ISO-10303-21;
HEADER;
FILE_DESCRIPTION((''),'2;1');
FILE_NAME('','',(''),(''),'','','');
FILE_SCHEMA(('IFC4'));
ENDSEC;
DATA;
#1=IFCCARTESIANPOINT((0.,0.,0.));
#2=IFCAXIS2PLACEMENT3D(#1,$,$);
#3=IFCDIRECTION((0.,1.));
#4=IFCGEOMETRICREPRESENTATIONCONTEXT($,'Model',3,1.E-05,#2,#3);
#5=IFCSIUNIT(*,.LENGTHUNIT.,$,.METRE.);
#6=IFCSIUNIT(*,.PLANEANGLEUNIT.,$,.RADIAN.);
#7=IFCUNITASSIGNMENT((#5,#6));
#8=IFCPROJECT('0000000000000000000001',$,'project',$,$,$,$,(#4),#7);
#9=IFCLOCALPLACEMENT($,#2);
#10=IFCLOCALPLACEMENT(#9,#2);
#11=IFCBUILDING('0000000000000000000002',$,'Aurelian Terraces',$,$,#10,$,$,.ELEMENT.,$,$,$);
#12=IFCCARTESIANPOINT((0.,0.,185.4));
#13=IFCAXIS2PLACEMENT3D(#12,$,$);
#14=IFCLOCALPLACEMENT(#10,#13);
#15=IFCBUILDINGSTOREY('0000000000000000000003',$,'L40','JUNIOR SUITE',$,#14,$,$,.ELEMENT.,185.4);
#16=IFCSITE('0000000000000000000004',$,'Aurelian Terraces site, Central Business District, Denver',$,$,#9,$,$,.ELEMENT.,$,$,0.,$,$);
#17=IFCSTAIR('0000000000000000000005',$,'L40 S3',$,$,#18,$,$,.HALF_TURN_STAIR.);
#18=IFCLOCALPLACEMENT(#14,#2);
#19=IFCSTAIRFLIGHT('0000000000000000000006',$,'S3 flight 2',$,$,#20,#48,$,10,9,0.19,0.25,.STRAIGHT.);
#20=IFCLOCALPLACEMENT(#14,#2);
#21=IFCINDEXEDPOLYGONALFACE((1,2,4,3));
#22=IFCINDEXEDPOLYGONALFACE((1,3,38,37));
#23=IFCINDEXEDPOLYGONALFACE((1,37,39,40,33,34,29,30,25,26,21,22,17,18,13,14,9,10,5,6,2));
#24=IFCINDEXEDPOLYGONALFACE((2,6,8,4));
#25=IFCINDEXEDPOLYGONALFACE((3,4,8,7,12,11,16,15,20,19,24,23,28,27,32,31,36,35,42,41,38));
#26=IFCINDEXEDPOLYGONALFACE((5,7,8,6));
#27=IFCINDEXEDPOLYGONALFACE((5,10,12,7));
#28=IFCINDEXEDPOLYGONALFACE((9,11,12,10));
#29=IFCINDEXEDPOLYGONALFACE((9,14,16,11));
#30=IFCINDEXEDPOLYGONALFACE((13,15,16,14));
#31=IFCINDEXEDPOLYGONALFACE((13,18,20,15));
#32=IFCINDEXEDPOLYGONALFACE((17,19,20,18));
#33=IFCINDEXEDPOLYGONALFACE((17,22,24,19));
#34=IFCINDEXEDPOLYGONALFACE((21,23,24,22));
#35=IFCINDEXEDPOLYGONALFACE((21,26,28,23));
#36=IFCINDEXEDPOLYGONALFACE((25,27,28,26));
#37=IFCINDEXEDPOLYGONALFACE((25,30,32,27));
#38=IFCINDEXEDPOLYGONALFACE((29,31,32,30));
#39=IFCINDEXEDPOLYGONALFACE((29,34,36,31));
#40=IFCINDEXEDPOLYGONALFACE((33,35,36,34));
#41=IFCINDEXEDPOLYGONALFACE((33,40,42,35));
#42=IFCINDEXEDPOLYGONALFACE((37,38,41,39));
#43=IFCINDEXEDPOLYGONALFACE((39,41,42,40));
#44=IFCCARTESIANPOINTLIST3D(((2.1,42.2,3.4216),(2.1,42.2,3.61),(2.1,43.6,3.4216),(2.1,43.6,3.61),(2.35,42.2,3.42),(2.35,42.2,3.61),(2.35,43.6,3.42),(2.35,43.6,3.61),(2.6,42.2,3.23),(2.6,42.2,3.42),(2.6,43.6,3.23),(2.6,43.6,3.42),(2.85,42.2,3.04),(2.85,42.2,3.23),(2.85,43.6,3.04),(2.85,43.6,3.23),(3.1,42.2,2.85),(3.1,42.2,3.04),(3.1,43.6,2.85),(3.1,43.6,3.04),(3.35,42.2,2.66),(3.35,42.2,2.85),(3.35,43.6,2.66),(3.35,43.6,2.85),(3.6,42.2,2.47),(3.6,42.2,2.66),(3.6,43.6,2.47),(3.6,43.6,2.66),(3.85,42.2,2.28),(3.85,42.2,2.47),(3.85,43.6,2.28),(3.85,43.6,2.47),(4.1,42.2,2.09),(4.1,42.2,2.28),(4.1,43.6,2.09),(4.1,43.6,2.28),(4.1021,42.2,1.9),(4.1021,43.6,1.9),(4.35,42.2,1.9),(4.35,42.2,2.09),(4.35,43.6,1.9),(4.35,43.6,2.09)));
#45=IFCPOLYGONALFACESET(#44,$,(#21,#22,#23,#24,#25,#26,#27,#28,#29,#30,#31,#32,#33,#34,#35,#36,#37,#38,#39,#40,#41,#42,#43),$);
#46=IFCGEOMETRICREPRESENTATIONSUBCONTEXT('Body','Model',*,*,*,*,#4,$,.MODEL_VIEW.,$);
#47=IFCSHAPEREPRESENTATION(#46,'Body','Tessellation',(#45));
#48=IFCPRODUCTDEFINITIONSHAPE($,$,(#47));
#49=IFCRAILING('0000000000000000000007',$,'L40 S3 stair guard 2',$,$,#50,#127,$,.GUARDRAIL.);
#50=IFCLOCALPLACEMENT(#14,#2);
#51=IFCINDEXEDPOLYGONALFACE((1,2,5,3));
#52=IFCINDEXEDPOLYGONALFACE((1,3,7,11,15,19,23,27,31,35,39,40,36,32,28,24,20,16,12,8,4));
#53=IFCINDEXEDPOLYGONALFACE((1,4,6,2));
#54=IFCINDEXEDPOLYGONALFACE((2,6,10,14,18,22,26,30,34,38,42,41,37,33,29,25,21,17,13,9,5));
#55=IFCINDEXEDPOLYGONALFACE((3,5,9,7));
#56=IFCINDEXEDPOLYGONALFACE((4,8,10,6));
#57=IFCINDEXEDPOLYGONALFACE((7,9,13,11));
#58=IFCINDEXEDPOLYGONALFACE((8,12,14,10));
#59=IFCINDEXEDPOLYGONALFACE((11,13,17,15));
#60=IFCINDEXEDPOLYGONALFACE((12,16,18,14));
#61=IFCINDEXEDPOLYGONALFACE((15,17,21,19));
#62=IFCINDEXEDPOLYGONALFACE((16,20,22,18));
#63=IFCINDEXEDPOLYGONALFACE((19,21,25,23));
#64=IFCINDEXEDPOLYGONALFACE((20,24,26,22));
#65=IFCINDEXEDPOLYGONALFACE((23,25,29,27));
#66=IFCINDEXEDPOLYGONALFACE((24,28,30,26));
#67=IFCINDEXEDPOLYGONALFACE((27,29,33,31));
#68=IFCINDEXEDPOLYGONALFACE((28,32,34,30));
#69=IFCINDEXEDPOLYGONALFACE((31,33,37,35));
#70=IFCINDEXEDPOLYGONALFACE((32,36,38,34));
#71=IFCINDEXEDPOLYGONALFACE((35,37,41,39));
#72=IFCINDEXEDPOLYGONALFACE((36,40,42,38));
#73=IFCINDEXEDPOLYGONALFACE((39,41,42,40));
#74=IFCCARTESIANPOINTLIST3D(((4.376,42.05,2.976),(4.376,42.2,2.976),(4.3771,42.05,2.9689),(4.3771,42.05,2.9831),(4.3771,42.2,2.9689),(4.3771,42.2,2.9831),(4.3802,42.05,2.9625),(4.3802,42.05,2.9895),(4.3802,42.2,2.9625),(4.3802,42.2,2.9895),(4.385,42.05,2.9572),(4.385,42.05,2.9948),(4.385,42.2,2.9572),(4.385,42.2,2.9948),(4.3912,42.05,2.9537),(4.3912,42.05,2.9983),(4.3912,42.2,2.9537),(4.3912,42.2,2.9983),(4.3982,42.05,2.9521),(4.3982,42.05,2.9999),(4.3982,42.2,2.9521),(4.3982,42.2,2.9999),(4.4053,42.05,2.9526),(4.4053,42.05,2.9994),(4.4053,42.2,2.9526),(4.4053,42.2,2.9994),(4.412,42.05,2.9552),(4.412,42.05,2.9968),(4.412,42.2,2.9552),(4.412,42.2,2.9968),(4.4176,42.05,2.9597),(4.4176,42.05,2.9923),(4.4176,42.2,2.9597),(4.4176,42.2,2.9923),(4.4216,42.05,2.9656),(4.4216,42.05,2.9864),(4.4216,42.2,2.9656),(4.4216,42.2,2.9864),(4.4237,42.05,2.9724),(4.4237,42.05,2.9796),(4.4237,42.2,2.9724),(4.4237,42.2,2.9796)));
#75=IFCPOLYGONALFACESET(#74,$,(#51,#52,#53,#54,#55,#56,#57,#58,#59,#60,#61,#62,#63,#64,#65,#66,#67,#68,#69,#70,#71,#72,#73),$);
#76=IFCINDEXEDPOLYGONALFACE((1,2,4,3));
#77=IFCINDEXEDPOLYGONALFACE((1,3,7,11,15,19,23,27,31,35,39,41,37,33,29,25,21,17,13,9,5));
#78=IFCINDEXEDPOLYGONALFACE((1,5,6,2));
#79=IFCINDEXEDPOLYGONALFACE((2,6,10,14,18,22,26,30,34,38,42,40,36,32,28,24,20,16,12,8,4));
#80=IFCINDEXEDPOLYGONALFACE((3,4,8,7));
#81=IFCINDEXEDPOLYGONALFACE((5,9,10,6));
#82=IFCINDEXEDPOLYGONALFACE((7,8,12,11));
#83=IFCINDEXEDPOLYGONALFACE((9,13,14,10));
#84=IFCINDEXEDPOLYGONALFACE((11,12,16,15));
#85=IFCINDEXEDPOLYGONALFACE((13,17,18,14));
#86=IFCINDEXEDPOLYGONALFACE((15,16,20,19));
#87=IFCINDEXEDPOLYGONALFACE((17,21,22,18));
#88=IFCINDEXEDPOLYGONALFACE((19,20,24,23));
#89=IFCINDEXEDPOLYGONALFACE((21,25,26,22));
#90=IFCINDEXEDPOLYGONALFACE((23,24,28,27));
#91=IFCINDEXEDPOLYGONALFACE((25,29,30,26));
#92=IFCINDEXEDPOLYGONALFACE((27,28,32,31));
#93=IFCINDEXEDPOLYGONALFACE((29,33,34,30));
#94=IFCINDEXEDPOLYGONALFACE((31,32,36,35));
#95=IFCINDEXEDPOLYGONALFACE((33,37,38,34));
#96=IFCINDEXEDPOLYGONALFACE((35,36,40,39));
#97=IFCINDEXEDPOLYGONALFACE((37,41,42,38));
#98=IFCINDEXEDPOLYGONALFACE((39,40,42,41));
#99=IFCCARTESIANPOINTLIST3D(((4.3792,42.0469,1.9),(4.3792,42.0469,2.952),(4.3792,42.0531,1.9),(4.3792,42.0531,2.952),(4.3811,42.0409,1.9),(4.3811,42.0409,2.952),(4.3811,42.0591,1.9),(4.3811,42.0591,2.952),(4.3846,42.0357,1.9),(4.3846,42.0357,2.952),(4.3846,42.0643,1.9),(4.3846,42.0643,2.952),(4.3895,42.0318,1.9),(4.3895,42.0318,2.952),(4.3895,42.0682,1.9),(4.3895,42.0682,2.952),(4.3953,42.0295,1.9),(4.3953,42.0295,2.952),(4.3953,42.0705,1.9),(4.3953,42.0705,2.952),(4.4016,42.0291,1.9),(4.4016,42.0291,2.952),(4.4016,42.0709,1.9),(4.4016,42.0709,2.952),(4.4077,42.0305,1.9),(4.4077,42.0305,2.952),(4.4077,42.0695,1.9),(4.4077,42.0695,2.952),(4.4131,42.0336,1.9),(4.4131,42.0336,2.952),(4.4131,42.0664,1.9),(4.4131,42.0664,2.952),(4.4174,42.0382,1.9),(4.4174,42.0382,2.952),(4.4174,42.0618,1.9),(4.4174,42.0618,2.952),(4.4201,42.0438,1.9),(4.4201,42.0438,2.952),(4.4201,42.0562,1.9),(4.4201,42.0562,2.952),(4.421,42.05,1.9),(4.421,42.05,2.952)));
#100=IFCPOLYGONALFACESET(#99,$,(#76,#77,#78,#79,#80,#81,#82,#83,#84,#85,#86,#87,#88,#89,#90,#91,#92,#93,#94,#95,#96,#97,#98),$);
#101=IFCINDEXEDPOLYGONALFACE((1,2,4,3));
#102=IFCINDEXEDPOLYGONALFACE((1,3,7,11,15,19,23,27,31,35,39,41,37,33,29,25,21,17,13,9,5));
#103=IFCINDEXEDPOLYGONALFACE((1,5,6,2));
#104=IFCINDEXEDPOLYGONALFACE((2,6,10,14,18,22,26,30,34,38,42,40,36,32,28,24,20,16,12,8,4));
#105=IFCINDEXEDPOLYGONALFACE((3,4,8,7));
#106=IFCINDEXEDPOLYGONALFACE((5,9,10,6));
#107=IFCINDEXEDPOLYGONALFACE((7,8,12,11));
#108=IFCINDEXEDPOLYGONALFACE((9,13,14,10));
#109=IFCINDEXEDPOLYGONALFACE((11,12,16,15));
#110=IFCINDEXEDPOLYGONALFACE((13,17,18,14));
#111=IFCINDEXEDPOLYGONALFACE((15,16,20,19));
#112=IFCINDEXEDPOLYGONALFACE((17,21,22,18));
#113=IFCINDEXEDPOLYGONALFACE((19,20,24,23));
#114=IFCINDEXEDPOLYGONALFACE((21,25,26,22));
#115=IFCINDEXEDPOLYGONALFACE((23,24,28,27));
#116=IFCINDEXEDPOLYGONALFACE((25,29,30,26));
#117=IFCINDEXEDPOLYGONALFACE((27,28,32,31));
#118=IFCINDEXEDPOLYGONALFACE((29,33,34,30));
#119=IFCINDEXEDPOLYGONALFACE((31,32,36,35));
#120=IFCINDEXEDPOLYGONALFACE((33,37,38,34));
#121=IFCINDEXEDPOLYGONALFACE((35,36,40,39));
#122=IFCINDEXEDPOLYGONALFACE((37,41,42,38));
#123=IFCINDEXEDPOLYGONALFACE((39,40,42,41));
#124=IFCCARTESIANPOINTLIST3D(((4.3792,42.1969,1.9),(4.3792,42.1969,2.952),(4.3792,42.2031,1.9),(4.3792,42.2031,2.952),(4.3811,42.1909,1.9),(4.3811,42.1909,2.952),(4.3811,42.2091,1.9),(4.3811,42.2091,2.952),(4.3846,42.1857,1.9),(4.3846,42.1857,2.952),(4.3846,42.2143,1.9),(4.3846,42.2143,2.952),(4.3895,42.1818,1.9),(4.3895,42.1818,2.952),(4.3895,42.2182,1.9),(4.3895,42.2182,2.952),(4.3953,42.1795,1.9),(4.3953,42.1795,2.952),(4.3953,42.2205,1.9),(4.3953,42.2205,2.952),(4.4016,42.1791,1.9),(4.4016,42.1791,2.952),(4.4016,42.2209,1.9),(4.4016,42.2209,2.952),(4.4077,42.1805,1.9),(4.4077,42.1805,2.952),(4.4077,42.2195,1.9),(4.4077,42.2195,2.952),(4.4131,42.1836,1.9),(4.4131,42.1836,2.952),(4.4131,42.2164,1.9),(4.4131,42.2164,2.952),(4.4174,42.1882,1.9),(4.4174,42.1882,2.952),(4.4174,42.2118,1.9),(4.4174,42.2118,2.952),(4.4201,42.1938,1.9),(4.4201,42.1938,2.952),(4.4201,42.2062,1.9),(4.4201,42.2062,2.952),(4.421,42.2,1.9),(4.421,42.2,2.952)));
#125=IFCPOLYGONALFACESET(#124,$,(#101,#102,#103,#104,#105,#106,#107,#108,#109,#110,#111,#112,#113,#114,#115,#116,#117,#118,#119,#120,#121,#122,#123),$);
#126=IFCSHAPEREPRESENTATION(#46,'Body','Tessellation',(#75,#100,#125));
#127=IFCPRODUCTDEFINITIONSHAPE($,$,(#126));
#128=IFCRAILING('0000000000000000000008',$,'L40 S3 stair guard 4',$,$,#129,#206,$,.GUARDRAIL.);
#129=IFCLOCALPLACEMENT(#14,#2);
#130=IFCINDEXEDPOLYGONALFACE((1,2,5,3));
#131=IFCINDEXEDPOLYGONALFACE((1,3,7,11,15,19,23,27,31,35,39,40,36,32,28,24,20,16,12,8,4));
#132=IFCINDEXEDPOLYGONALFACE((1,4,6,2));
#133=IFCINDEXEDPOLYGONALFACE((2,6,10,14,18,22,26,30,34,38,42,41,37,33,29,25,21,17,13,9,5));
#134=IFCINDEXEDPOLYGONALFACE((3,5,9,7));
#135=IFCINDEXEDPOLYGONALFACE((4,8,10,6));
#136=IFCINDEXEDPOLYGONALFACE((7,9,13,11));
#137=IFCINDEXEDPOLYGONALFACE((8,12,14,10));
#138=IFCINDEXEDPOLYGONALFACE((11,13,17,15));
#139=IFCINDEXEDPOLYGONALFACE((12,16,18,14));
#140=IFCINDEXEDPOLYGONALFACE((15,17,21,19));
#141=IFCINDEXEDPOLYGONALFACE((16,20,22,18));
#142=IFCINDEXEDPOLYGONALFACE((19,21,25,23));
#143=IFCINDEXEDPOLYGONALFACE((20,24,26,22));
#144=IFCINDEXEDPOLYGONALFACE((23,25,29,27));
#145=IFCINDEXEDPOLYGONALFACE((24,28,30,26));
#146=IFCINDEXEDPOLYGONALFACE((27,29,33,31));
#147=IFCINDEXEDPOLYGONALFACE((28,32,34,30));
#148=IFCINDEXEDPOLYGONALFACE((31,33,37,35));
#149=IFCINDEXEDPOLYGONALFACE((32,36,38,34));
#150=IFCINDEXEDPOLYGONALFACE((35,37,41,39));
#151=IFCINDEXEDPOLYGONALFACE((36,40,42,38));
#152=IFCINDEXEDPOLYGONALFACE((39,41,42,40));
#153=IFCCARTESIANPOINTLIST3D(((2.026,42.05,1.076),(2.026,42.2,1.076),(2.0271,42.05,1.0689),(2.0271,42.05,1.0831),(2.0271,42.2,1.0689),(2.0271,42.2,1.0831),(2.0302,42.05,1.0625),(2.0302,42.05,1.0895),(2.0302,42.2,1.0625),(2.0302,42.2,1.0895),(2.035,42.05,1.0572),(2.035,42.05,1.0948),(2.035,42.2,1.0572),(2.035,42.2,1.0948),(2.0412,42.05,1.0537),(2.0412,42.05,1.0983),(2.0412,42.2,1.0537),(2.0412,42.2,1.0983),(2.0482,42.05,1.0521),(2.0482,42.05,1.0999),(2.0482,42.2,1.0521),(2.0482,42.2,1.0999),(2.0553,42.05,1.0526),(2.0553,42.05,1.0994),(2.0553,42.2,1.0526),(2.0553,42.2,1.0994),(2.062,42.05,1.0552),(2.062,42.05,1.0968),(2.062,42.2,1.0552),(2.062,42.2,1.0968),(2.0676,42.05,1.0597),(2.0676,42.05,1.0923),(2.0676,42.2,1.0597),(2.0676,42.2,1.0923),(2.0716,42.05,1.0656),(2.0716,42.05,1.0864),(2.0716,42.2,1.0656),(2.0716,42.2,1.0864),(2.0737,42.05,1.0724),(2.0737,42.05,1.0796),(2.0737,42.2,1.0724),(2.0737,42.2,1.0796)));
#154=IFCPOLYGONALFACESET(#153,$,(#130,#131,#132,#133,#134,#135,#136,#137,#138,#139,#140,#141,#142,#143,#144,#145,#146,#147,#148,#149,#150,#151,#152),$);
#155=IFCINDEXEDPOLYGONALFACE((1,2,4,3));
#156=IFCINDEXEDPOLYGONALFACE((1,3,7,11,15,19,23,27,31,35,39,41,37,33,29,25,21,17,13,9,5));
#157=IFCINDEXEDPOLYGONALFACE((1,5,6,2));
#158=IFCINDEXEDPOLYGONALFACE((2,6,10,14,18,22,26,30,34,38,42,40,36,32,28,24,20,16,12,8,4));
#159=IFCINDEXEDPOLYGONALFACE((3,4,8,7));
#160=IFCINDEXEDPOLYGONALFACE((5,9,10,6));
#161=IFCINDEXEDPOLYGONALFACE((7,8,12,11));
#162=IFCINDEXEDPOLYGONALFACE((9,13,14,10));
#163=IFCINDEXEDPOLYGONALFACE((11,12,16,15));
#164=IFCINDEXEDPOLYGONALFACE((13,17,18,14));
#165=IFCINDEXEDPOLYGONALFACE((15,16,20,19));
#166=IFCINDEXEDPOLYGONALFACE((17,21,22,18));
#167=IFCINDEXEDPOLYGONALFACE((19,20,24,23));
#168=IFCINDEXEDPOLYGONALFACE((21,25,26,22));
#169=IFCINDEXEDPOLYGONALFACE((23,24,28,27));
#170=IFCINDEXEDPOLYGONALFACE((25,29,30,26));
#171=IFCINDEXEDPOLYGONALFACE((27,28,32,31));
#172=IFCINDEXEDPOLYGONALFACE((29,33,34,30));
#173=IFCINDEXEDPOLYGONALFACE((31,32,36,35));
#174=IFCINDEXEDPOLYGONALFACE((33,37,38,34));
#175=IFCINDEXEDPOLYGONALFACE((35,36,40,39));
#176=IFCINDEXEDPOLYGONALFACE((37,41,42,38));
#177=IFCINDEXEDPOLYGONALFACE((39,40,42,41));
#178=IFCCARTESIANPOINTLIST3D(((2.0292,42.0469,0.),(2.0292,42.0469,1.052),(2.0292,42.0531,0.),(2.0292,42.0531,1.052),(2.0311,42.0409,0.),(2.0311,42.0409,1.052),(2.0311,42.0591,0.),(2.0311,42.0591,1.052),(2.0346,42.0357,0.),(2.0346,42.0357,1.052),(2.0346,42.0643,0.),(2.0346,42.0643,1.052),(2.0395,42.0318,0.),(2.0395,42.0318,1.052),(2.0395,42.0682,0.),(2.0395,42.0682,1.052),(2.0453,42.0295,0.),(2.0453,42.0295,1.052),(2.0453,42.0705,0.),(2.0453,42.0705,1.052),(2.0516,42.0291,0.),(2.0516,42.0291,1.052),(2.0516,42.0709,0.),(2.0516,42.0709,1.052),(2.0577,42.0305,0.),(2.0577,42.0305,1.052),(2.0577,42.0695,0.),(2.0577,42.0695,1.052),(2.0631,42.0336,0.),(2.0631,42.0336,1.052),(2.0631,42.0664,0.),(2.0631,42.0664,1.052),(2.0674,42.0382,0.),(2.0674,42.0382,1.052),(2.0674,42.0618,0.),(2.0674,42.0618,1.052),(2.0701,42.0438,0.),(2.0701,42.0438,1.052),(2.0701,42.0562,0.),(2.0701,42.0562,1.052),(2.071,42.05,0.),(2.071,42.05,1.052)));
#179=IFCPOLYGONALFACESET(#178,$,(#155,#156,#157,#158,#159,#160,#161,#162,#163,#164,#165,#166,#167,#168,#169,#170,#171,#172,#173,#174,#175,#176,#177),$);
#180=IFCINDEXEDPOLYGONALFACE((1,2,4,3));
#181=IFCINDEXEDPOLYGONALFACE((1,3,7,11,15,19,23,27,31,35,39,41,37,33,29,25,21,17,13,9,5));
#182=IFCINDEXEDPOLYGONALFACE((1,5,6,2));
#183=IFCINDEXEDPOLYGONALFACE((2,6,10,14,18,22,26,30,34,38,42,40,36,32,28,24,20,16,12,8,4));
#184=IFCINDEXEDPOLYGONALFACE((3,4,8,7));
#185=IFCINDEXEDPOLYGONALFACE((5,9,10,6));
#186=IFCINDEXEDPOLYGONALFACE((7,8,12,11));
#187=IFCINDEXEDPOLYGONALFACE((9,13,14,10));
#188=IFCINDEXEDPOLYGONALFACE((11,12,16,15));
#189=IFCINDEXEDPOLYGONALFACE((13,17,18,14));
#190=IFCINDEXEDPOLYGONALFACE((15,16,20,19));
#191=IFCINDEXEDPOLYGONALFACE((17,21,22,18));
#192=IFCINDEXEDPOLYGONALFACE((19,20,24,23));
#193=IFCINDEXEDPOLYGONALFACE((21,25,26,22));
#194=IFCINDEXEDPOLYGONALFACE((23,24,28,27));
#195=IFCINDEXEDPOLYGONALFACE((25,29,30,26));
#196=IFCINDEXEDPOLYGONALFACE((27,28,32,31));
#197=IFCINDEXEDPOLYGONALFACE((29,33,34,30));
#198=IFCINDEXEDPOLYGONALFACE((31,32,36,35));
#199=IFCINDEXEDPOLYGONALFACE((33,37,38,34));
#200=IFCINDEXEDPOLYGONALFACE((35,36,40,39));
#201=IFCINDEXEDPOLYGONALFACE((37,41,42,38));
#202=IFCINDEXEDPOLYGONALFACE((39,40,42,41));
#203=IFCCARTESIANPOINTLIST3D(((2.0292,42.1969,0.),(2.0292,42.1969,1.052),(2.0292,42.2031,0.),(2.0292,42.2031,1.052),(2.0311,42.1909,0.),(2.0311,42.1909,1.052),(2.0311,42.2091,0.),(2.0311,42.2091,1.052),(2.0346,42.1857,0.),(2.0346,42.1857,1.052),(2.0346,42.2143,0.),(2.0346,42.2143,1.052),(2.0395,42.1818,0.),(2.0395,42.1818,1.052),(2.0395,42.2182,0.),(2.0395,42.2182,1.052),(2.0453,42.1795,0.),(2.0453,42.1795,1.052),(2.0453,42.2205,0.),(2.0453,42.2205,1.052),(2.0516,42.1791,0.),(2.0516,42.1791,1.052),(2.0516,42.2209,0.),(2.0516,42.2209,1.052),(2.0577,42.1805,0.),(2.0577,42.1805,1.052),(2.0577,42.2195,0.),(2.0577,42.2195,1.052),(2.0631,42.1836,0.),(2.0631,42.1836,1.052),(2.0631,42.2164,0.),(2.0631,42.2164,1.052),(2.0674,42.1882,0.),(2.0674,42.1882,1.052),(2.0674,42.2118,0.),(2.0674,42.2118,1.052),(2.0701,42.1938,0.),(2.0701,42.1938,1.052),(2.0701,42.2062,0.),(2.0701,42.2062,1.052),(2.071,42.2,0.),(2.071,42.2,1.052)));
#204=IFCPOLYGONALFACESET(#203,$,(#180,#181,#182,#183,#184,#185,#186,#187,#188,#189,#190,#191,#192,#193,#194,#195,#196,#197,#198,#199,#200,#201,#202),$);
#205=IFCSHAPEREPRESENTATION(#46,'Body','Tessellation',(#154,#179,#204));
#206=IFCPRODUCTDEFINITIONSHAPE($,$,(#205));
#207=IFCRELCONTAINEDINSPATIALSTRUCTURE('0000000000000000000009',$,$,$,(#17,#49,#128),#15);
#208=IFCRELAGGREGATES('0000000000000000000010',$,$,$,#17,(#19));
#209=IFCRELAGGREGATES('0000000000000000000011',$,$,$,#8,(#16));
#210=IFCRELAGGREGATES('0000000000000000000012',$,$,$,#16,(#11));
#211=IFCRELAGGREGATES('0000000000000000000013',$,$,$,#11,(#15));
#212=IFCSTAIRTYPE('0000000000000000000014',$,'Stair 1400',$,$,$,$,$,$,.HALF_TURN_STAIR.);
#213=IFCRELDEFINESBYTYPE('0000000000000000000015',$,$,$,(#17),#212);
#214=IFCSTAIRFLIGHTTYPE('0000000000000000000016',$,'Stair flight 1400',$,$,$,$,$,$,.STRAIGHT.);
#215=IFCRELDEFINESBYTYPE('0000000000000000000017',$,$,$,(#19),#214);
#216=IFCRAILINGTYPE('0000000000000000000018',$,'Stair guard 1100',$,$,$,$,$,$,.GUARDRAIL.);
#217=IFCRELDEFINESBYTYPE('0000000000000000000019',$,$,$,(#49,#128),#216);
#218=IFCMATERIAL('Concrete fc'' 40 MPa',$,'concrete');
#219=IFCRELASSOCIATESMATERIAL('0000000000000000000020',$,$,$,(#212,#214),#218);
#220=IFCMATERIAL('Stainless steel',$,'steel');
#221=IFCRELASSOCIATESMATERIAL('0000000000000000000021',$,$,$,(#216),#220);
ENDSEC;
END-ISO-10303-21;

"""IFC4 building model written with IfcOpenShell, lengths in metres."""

from ifc_helpers import new_model, si_unit, direction, frame, origin, origin_2d, place, context, subcontext, project, spatial, polyline, circle, outline, extrude, source, transform, mapped, material, type_object, element, aggregate, save


model = new_model("IFC4")

# Units and contexts
model_context = context("Model", 3, precision=1e-05, world=origin(), true_north=direction((0.0, 1.0)))
body_context = subcontext(model_context, "Body", "Model", "MODEL_VIEW")
ifc_project = project(units=[si_unit("LENGTHUNIT", "METRE"), si_unit("PLANEANGLEUNIT", "RADIAN")], contexts=[model_context])

# Site, building, storey
site_placement = place(None, origin())
site = spatial("IfcSite", under=ifc_project, at=site_placement, Name="Aurelian Terraces site, Central Business District, Denver", CompositionType="ELEMENT", RefElevation=0.0)
building_placement = place(site_placement, origin())
building = spatial("IfcBuilding", under=site, at=building_placement, Name="Aurelian Terraces", CompositionType="ELEMENT")
storey_placement = place(building_placement, frame((0.0, 0.0, 185.4)))
storey = spatial("IfcBuildingStorey", under=building, at=storey_placement, Name="L40", Description="JUNIOR SUITE", CompositionType="ELEMENT", Elevation=185.4)

# Shared definitions
ifc_material_1 = material(Name="Concrete fc' 40 MPa", Category="concrete")

# Stair, stair flight
stair_type = type_object("IfcStairType", Name="Stair 1400", PredefinedType="HALF_TURN_STAIR", material=ifc_material_1)
stair_placement = place(storey_placement, origin())
stair = element("IfcStair", 1, at=stair_placement, inside=storey, type_object=stair_type, Name="L40 S3", PredefinedType="HALF_TURN_STAIR")
stair_flight_type = type_object("IfcStairFlightType", Name="Stair flight 1400", PredefinedType="STRAIGHT", material=ifc_material_1)
shared_shape_1 = source(origin(), body_context, "Body", "SweptSolid", [
    extrude(outline(polyline([(0.0, 0.0), (0.0, 0.19), (0.25, 0.19), (0.25, 0.38), (0.5, 0.38), (0.5, 0.57), (0.75, 0.57), (0.75, 0.76), (1.0, 0.76), (1.0, 0.95), (1.25, 0.95), (1.25, 1.14), (1.5, 1.14), (1.5, 1.33), (1.75, 1.33), (1.75, 1.52), (2.0, 1.52), (2.0, 1.71), (2.25, 1.71), (2.25, 1.9), (2.25, 1.5216), (0.2479, 0.0), (0.0, 0.0)])), frame((0.0, 0.7, 0.0), z_axis=(0.0, -1.0, 0.0), x_axis=(1.0, 0.0, 0.0)), (0.0, 0.0, 1.0), 1.4),
])
stair_flight_1_placement = place(storey_placement, frame((4.35, 42.9, 1.9), z_axis=(0.0, 0.0, 1.0), x_axis=(-1.0, 0.0, 0.0)))
stair_flight_1 = element("IfcStairFlight", 2, at=stair_flight_1_placement, type_object=stair_flight_type, Name="S3 flight 2", NumberOfRisers=10, NumberOfTreads=9, PredefinedType="STRAIGHT", RiserHeight=0.19, TreadLength=0.25, context=body_context, shape_type="MappedRepresentation", body=[
    mapped(shared_shape_1, transform((0.0, 0.0, 0.0), scale=1.0)),
])
aggregate(stair, [stair_flight_1])

# Railings
ifc_material_2 = material(Name="Stainless steel", Category="steel")
railing_type_1 = type_object("IfcRailingType", Name="Stair guard 1100", PredefinedType="GUARDRAIL", material=ifc_material_2)
shared_shape_2 = source(origin(), body_context, "Body", "SweptSolid", [
    extrude(circle(Radius=0.024, at=origin_2d()), frame((0.0, 0.0, 1.076), z_axis=(0.0, 1.0, 0.0), x_axis=(-1.0, 0.0, 0.0)), (0.0, 0.0, 1.0), 0.15),
    extrude(circle(Radius=0.021, at=origin_2d()), origin(), (0.0, 0.0, 1.0), 1.052),
    extrude(circle(Radius=0.021, at=origin_2d()), frame((0.0, 0.15, 0.0)), (0.0, 0.0, 1.0), 1.052),
])
for number, where, name in (
    (3, (4.4, 42.05, 1.9), "L40 S3 stair guard 2"),
    (4, (2.05, 42.05, 0.0), "L40 S3 stair guard 4"),
):
    element("IfcRailing", number, at=place(storey_placement, frame(where)), inside=storey, type_object=railing_type_1, Name=name, PredefinedType="GUARDRAIL", context=body_context, shape_type="MappedRepresentation", body=[
        mapped(shared_shape_2, transform((0.0, 0.0, 0.0), scale=1.0)),
    ])

save(model, "model.ifc")
